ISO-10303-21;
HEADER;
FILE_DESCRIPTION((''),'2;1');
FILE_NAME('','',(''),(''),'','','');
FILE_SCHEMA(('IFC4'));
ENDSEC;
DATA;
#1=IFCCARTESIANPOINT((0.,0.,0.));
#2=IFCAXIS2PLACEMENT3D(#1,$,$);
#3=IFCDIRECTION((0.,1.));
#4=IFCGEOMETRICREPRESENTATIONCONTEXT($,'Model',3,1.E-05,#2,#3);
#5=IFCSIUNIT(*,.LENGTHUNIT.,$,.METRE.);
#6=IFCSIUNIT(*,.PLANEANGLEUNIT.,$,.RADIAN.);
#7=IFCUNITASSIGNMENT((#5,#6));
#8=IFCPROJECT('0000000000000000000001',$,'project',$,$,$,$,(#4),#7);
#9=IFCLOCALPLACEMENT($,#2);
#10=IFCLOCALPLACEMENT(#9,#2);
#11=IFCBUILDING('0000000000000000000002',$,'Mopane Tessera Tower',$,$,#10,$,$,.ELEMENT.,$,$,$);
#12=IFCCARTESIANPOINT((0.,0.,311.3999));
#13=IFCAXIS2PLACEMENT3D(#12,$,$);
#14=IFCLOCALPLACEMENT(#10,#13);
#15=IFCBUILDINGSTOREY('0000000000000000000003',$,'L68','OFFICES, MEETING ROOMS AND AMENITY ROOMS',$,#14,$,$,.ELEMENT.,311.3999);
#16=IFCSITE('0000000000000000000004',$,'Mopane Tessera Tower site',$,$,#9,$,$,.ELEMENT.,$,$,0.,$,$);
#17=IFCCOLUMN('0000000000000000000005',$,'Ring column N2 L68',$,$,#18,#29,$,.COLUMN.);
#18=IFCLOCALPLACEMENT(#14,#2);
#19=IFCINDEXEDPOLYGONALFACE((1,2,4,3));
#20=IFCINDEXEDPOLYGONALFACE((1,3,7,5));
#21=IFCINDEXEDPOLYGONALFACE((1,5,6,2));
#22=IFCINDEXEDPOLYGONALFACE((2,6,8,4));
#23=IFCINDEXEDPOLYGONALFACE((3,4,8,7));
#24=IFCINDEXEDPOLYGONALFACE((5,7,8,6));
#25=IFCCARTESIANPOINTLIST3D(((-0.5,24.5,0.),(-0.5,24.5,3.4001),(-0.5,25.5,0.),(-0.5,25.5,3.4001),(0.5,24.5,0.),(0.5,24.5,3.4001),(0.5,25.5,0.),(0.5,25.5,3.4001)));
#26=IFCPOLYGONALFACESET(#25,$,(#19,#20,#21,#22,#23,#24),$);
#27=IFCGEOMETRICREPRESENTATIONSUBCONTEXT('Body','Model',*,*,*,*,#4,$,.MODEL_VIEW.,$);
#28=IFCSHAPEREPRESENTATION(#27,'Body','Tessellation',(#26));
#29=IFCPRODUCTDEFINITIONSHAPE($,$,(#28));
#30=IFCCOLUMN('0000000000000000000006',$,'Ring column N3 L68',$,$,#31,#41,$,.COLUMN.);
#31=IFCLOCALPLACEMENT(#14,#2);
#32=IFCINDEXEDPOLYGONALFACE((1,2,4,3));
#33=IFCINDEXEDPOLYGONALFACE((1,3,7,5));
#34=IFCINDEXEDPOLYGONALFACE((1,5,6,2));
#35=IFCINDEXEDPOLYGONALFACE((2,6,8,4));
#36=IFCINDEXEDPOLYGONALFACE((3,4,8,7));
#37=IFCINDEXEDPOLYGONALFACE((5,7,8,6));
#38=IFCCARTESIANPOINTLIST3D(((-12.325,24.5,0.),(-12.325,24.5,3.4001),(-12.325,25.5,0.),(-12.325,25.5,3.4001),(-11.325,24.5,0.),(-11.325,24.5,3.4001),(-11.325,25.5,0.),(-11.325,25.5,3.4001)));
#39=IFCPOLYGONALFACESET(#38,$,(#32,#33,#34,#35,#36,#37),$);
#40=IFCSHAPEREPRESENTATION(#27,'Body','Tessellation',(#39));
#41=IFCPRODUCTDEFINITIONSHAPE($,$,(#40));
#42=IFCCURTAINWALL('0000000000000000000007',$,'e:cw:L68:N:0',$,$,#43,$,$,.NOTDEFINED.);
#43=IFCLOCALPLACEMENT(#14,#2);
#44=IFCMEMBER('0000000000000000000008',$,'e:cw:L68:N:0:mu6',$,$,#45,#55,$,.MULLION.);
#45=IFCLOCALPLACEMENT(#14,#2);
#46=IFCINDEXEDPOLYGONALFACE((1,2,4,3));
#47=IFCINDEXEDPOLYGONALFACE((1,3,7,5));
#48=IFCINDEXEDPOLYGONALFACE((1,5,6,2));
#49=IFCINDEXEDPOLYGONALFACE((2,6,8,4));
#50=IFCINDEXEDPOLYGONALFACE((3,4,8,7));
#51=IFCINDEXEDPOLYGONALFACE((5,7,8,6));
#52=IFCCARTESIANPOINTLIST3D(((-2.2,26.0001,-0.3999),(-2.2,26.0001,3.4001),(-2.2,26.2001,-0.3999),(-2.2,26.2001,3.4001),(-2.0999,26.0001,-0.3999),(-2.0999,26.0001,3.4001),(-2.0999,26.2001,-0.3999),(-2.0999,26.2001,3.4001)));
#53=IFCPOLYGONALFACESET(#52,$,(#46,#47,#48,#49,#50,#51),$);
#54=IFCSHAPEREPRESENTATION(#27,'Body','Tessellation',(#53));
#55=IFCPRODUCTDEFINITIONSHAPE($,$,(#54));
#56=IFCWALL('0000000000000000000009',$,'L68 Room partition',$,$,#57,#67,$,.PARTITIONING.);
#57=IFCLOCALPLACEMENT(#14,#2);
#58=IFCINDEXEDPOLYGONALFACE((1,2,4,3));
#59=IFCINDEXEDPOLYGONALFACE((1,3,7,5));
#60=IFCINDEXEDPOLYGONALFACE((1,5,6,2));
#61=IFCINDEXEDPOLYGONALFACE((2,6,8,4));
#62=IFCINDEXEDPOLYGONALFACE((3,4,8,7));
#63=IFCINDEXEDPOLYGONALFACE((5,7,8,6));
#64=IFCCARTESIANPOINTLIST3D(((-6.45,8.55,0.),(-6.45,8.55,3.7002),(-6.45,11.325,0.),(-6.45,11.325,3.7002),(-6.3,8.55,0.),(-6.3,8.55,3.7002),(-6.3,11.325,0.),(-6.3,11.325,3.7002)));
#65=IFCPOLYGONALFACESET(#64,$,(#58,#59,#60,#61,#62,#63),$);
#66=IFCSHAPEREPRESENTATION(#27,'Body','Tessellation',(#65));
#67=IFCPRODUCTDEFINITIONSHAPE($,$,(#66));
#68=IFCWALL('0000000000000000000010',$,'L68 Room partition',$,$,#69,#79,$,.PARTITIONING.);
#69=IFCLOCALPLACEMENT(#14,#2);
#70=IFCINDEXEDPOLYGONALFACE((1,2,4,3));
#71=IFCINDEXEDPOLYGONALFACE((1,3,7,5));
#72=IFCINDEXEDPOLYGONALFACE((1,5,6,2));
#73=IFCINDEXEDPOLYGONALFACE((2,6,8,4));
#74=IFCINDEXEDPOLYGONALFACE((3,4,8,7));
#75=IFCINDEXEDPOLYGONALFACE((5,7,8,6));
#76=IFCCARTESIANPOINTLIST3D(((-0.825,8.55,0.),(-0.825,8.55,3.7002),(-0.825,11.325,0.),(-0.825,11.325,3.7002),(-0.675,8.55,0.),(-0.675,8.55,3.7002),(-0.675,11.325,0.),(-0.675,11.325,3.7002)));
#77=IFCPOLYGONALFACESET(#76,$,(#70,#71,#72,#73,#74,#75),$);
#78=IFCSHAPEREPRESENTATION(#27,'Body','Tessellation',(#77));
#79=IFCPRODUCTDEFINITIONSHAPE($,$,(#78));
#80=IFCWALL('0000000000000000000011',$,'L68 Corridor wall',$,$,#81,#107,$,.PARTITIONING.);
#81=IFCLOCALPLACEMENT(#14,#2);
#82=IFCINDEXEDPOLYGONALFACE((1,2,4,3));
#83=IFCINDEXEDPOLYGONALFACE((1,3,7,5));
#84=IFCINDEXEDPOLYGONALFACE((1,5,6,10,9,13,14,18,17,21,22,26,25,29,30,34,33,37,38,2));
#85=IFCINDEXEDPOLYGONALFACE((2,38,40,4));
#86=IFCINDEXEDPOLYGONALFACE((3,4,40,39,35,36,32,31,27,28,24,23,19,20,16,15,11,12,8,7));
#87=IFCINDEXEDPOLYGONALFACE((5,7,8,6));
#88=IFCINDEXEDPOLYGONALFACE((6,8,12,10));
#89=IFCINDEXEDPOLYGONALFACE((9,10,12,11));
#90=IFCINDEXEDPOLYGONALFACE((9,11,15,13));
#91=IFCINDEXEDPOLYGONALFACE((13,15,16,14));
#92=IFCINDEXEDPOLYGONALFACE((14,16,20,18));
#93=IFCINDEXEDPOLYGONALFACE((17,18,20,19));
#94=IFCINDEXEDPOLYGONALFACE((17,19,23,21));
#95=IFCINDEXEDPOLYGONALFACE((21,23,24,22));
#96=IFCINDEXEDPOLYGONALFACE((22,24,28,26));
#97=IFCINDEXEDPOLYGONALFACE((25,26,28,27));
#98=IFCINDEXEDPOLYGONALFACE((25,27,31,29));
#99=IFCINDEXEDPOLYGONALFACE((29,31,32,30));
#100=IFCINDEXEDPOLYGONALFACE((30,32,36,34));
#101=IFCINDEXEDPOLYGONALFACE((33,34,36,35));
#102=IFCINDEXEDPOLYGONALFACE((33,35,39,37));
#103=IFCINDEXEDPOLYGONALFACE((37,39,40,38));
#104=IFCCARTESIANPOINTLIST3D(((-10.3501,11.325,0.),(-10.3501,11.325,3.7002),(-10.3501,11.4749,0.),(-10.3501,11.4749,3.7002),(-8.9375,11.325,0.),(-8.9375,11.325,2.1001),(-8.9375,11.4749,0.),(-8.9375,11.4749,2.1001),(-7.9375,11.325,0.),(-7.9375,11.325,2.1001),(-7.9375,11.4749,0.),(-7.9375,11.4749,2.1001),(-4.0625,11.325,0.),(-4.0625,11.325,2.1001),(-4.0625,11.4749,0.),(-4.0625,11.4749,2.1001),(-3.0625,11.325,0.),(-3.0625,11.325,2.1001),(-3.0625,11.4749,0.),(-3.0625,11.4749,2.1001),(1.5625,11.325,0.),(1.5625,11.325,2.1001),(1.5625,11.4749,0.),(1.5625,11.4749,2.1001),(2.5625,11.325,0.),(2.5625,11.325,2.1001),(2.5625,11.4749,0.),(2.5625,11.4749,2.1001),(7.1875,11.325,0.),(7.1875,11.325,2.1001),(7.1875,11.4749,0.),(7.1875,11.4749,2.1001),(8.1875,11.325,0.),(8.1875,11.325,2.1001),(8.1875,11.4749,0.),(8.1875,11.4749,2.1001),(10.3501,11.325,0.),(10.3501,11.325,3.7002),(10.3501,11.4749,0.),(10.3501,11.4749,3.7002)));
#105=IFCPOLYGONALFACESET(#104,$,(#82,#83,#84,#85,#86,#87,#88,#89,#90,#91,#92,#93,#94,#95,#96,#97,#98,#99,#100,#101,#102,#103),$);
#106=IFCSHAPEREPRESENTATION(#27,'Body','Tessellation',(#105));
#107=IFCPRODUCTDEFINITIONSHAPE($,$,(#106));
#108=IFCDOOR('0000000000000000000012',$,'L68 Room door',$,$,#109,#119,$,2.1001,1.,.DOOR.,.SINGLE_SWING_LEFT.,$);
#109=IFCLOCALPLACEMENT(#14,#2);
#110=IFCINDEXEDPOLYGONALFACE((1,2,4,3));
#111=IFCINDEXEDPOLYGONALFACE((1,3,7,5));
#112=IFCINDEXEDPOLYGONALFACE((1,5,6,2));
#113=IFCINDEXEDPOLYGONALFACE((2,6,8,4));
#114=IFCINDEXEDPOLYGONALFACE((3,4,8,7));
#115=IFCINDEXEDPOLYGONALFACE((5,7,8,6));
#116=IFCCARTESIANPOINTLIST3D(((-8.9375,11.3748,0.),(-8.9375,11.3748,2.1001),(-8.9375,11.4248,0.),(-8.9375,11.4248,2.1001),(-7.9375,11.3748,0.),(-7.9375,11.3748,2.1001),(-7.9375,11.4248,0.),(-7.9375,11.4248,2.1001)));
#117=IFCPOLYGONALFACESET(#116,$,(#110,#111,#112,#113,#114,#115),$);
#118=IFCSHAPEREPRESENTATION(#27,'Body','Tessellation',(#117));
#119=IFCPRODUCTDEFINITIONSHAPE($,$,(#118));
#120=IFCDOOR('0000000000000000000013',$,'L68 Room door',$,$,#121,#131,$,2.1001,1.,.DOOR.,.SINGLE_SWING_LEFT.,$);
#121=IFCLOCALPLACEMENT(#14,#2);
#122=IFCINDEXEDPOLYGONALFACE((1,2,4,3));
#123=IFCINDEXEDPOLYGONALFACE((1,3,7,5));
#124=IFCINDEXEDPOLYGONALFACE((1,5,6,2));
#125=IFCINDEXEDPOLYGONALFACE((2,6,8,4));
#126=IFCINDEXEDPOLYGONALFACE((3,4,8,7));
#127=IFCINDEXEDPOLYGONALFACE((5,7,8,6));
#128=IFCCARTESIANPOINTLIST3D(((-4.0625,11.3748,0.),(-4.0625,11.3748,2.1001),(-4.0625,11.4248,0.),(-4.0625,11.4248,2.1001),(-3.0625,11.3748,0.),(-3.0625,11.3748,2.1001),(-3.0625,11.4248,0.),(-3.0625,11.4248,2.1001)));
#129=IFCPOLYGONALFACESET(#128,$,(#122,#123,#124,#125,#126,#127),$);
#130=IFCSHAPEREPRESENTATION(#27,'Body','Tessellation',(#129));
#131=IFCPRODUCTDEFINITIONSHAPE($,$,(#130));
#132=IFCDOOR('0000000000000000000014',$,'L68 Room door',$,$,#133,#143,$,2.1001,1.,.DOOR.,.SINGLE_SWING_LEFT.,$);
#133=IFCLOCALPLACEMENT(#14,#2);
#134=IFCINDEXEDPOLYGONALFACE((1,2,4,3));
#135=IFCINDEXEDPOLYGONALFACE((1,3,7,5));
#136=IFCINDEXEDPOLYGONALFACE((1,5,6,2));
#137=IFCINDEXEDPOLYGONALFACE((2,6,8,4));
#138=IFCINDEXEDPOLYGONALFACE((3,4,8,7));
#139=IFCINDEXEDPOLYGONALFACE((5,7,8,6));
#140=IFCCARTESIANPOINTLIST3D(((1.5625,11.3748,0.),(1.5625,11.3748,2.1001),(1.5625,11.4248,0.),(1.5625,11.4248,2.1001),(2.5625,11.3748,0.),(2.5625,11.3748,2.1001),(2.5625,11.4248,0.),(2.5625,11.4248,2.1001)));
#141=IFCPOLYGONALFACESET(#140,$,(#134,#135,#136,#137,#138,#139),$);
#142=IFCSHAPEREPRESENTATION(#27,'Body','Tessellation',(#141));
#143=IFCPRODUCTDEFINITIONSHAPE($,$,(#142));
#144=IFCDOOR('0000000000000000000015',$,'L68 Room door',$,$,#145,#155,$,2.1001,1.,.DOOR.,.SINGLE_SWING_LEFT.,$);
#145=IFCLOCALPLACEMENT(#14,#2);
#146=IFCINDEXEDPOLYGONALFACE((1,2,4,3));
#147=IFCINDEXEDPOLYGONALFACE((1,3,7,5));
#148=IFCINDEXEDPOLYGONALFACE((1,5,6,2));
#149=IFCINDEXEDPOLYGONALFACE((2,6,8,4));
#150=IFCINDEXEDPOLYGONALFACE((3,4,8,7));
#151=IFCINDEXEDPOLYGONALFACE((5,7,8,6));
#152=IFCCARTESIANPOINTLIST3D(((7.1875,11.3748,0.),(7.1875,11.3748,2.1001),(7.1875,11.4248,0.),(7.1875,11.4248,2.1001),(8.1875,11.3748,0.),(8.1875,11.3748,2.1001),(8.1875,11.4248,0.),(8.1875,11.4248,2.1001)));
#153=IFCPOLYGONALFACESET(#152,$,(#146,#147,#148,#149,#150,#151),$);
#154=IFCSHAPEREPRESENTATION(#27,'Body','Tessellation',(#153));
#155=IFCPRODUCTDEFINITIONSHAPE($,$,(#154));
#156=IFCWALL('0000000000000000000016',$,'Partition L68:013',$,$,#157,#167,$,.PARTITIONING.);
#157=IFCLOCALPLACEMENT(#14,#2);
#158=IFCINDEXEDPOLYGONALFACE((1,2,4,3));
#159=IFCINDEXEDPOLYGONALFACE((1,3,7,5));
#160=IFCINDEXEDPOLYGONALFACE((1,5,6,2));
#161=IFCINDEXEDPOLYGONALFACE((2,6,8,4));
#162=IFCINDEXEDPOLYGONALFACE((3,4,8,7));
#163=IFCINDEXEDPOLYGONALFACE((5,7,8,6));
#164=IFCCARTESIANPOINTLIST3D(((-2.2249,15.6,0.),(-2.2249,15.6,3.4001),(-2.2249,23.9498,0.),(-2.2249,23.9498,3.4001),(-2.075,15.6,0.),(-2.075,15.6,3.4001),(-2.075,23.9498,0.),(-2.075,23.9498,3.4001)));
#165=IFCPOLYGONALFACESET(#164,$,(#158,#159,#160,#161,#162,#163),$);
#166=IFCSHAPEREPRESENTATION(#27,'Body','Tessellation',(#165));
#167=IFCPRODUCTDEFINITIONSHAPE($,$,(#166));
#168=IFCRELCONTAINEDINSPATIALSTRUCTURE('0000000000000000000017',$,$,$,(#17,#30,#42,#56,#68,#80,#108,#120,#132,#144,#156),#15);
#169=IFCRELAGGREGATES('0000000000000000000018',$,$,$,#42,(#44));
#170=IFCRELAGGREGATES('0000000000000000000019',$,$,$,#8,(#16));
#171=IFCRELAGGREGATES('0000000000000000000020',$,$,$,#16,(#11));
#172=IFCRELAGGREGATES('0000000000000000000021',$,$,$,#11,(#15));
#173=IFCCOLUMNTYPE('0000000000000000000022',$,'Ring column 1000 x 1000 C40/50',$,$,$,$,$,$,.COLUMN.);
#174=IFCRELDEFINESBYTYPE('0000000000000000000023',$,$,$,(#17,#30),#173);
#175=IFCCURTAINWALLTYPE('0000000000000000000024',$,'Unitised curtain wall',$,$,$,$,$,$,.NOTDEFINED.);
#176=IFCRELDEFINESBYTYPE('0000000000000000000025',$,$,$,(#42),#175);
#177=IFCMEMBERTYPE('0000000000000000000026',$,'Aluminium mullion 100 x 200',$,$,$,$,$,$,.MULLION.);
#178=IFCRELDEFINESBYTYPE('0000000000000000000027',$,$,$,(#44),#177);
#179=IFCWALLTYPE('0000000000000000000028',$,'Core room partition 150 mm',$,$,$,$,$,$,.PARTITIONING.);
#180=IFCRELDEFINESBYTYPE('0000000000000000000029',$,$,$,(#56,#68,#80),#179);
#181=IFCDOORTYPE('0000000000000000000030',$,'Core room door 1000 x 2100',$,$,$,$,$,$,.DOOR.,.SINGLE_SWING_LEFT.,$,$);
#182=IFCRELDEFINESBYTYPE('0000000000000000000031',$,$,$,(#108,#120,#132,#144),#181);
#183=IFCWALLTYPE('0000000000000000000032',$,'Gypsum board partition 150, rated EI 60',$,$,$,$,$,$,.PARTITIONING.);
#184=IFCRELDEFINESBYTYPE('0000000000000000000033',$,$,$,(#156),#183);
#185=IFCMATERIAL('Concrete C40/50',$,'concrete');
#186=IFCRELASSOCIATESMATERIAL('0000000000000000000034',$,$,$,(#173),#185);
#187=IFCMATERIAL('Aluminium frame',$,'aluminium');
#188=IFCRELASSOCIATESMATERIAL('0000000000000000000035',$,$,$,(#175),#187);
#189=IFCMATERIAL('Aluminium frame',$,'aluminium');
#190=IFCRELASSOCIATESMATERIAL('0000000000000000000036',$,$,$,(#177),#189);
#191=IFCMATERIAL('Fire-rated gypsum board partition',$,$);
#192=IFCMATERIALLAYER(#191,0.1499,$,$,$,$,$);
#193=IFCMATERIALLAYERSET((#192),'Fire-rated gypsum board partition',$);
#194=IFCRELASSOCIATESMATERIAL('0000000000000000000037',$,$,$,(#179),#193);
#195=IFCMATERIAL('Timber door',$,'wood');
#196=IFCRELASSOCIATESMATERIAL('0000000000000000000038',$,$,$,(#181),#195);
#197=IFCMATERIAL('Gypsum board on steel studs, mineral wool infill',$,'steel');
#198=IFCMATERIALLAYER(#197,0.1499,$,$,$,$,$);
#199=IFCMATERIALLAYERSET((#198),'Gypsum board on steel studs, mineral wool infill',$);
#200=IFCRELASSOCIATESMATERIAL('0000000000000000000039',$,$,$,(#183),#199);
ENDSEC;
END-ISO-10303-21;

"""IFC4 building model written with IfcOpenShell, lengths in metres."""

from ifc_helpers import new_model, si_unit, direction, frame, frame_2d, origin, origin_2d, place, context, subcontext, project, spatial, rectangle, extrude, material, layer, layer_set, material_profile, profile_set, type_object, element, fill, aggregate, save


model = new_model("IFC4")

# Units and contexts
model_context = context("Model", 3, precision=1e-05, world=origin(), true_north=direction((0.0, 1.0)))
body_context = subcontext(model_context, "Body", "Model", "MODEL_VIEW")
ifc_project = project(units=[si_unit("LENGTHUNIT", "METRE"), si_unit("PLANEANGLEUNIT", "RADIAN")], contexts=[model_context])

# Site, building, storey
site_placement = place(None, origin())
site = spatial("IfcSite", under=ifc_project, at=site_placement, Name="Mopane Tessera Tower site", CompositionType="ELEMENT", RefElevation=0.0)
building_placement = place(site_placement, origin())
building = spatial("IfcBuilding", under=site, at=building_placement, Name="Mopane Tessera Tower", CompositionType="ELEMENT")
storey_placement = place(building_placement, frame((0.0, 0.0, 311.3999)))
storey = spatial("IfcBuildingStorey", under=building, at=storey_placement, Name="L68", Description="OFFICES, MEETING ROOMS AND AMENITY ROOMS", CompositionType="ELEMENT", Elevation=311.3999)

# Columns
ifc_material_1 = material(Name="Concrete C40/50", Category="concrete")
ifc_material_profile_1 = material_profile(ifc_material_1, rectangle(XDim=1.0, YDim=1.0, at=origin_2d()))
ifc_profile_set_1 = profile_set([ifc_material_profile_1], Name="Concrete C40/50")
column_type = type_object("IfcColumnType", Name="Ring column 1000 x 1000 C40/50", PredefinedType="COLUMN", material=ifc_profile_set_1)
for number, where, z_axis, x_axis, name in (
    (1, (0.0, 25.0, 0.0), (0.0, 0.0, 1.0), (1.0, 0.0, 0.0), "Ring column N2 L68"),
    (2, (-11.825, 25.0, 0.0), (0.0, 0.0, 1.0), (1.0, 0.0, 0.0), "Ring column N3 L68"),
):
    element("IfcColumn", number, at=place(storey_placement, frame(where, z_axis=z_axis, x_axis=x_axis)), inside=storey, type_object=column_type, Name=name, PredefinedType="COLUMN", context=body_context, shape_type="SweptSolid", body=[
        extrude(rectangle(XDim=1.0, YDim=1.0, at=origin_2d()), origin(), (0.0, 0.0, 1.0), 3.4001),
    ])

# Curtain wall, member
ifc_material_2 = material(Name="Aluminium frame", Category="aluminium")
curtain_wall_type = type_object("IfcCurtainWallType", Name="Unitised curtain wall", PredefinedType="NOTDEFINED", material=ifc_material_2)
curtain_wall_placement = place(storey_placement, origin())
curtain_wall = element("IfcCurtainWall", 3, at=curtain_wall_placement, inside=storey, type_object=curtain_wall_type, Name="e:cw:L68:N:0", PredefinedType="NOTDEFINED")
ifc_material_3 = material(Name="Aluminium frame", Category="aluminium")
ifc_material_profile_2 = material_profile(ifc_material_3, rectangle(XDim=0.1001, YDim=0.2, at=origin_2d()))
ifc_profile_set_2 = profile_set([ifc_material_profile_2], Name="Aluminium frame")
member_type = type_object("IfcMemberType", Name="Aluminium mullion 100 x 200", PredefinedType="MULLION", material=ifc_profile_set_2)
member_placement = place(storey_placement, frame((-2.1499, 26.1001, -0.3999), z_axis=(0.0, 0.0, 1.0), x_axis=(-1.0, 0.0, 0.0)))
member = element("IfcMember", 4, at=member_placement, type_object=member_type, Name="e:cw:L68:N:0:mu6", PredefinedType="MULLION", context=body_context, shape_type="SweptSolid", body=[
    extrude(rectangle(XDim=0.1001, YDim=0.2, at=origin_2d()), origin(), (0.0, 0.0, 1.0), 3.8),
])
aggregate(curtain_wall, [member])

# Walls
ifc_material_4 = material(Name="Fire-rated gypsum board partition")
ifc_layer_1 = layer(ifc_material_4, 0.1499)
ifc_layer_set_1 = layer_set([ifc_layer_1], Name="Fire-rated gypsum board partition")
wall_type_1 = type_object("IfcWallType", Name="Core room partition 150 mm", PredefinedType="PARTITIONING", material=ifc_layer_set_1)
for number, where, z_axis, x_axis, name in (
    (5, (-6.375, 8.55, 0.0), (0.0, 0.0, 1.0), (0.0, 1.0, 0.0), "L68 Room partition"),
    (6, (-0.75, 8.55, 0.0), (0.0, 0.0, 1.0), (0.0, 1.0, 0.0), "L68 Room partition"),
):
    element("IfcWall", number, at=place(storey_placement, frame(where, z_axis=z_axis, x_axis=x_axis)), inside=storey, type_object=wall_type_1, Name=name, PredefinedType="PARTITIONING", context=body_context, shape_type="SweptSolid", body=[
        extrude(rectangle(XDim=2.7749, YDim=0.1499, at=frame_2d((1.3875, 0.0))), origin(), (0.0, 0.0, 1.0), 3.7002),
    ])

# Wall, openings, doors
wall_1_placement = place(storey_placement, frame((-10.3501, 11.3999, 0.0), z_axis=(0.0, 0.0, 1.0), x_axis=(1.0, 0.0, 0.0)))
wall_1 = element("IfcWall", 7, at=wall_1_placement, inside=storey, type_object=wall_type_1, Name="L68 Corridor wall", PredefinedType="PARTITIONING", context=body_context, shape_type="SweptSolid", body=[
    extrude(rectangle(XDim=20.7002, YDim=0.1499, at=frame_2d((10.3501, 0.0))), origin(), (0.0, 0.0, 1.0), 3.7002),
])
opening_1_placement = place(wall_1_placement, frame((1.4126, 0.0, 0.0)))
opening_1 = element("IfcOpeningElement", 8, at=opening_1_placement, cuts=wall_1, PredefinedType="OPENING", context=body_context, shape_type="SweptSolid", body=[
    extrude(rectangle(XDim=1.0, YDim=2.1001, at=frame_2d((0.5, 1.05))), frame((0.0, 0.0869, 0.0), z_axis=(0.0, -1.0, 0.0), x_axis=(1.0, 0.0, 0.0)), (0.0, 0.0, 1.0), 0.1738),
])
opening_2_placement = place(wall_1_placement, frame((6.2876, 0.0, 0.0)))
opening_2 = element("IfcOpeningElement", 9, at=opening_2_placement, cuts=wall_1, PredefinedType="OPENING", context=body_context, shape_type="SweptSolid", body=[
    extrude(rectangle(XDim=1.0, YDim=2.1001, at=frame_2d((0.5, 1.05))), frame((0.0, 0.0869, 0.0), z_axis=(0.0, -1.0, 0.0), x_axis=(1.0, 0.0, 0.0)), (0.0, 0.0, 1.0), 0.1738),
])
opening_3_placement = place(wall_1_placement, frame((11.9126, 0.0, 0.0)))
opening_3 = element("IfcOpeningElement", 10, at=opening_3_placement, cuts=wall_1, PredefinedType="OPENING", context=body_context, shape_type="SweptSolid", body=[
    extrude(rectangle(XDim=1.0, YDim=2.1001, at=frame_2d((0.5, 1.05))), frame((0.0, 0.0869, 0.0), z_axis=(0.0, -1.0, 0.0), x_axis=(1.0, 0.0, 0.0)), (0.0, 0.0, 1.0), 0.1738),
])
opening_4_placement = place(wall_1_placement, frame((17.5376, 0.0, 0.0)))
opening_4 = element("IfcOpeningElement", 11, at=opening_4_placement, cuts=wall_1, PredefinedType="OPENING", context=body_context, shape_type="SweptSolid", body=[
    extrude(rectangle(XDim=1.0, YDim=2.1001, at=frame_2d((0.5, 1.05))), frame((0.0, 0.0869, 0.0), z_axis=(0.0, -1.0, 0.0), x_axis=(1.0, 0.0, 0.0)), (0.0, 0.0, 1.0), 0.1738),
])
ifc_material_5 = material(Name="Timber door", Category="wood")
door_type_1 = type_object("IfcDoorType", Name="Core room door 1000 x 2100", OperationType="SINGLE_SWING_LEFT", PredefinedType="DOOR", material=ifc_material_5)
door_1_placement = place(opening_1_placement, origin())
door_1 = element("IfcDoor", 12, at=door_1_placement, inside=storey, type_object=door_type_1, Name="L68 Room door", OperationType="SINGLE_SWING_LEFT", OverallHeight=2.1001, OverallWidth=1.0, PredefinedType="DOOR", context=body_context, shape_type="SweptSolid", body=[
    extrude(rectangle(XDim=1.0, YDim=2.1001, at=frame_2d((0.5, 1.05))), frame((0.0, 0.0249, 0.0), z_axis=(0.0, -1.0, 0.0), x_axis=(1.0, 0.0, 0.0)), (0.0, 0.0, 1.0), 0.05),
])
fill(opening_1, door_1)
door_2_placement = place(opening_2_placement, origin())
door_2 = element("IfcDoor", 13, at=door_2_placement, inside=storey, type_object=door_type_1, Name="L68 Room door", OperationType="SINGLE_SWING_LEFT", OverallHeight=2.1001, OverallWidth=1.0, PredefinedType="DOOR", context=body_context, shape_type="SweptSolid", body=[
    extrude(rectangle(XDim=1.0, YDim=2.1001, at=frame_2d((0.5, 1.05))), frame((0.0, 0.0249, 0.0), z_axis=(0.0, -1.0, 0.0), x_axis=(1.0, 0.0, 0.0)), (0.0, 0.0, 1.0), 0.05),
])
fill(opening_2, door_2)
door_3_placement = place(opening_3_placement, origin())
door_3 = element("IfcDoor", 14, at=door_3_placement, inside=storey, type_object=door_type_1, Name="L68 Room door", OperationType="SINGLE_SWING_LEFT", OverallHeight=2.1001, OverallWidth=1.0, PredefinedType="DOOR", context=body_context, shape_type="SweptSolid", body=[
    extrude(rectangle(XDim=1.0, YDim=2.1001, at=frame_2d((0.5, 1.05))), frame((0.0, 0.0249, 0.0), z_axis=(0.0, -1.0, 0.0), x_axis=(1.0, 0.0, 0.0)), (0.0, 0.0, 1.0), 0.05),
])
fill(opening_3, door_3)
door_4_placement = place(opening_4_placement, origin())
door_4 = element("IfcDoor", 15, at=door_4_placement, inside=storey, type_object=door_type_1, Name="L68 Room door", OperationType="SINGLE_SWING_LEFT", OverallHeight=2.1001, OverallWidth=1.0, PredefinedType="DOOR", context=body_context, shape_type="SweptSolid", body=[
    extrude(rectangle(XDim=1.0, YDim=2.1001, at=frame_2d((0.5, 1.05))), frame((0.0, 0.0249, 0.0), z_axis=(0.0, -1.0, 0.0), x_axis=(1.0, 0.0, 0.0)), (0.0, 0.0, 1.0), 0.05),
])
fill(opening_4, door_4)

# Wall
ifc_material_6 = material(Name="Gypsum board on steel studs, mineral wool infill", Category="steel")
ifc_layer_2 = layer(ifc_material_6, 0.1499)
ifc_layer_set_2 = layer_set([ifc_layer_2], Name="Gypsum board on steel studs, mineral wool infill")
wall_type_2 = type_object("IfcWallType", Name="Gypsum board partition 150, rated EI 60", PredefinedType="PARTITIONING", material=ifc_layer_set_2)
wall_2_placement = place(storey_placement, frame((-2.1499, 15.6001, 0.0), z_axis=(0.0, 0.0, 1.0), x_axis=(0.0, 1.0, 0.0)))
element("IfcWall", 16, at=wall_2_placement, inside=storey, type_object=wall_type_2, Name="Partition L68:013", PredefinedType="PARTITIONING", context=body_context, shape_type="SweptSolid", body=[
    extrude(rectangle(XDim=8.3499, YDim=0.1499, at=frame_2d((4.1748, 0.0))), origin(), (0.0, 0.0, 1.0), 3.4001),
])

save(model, "model.ifc")
